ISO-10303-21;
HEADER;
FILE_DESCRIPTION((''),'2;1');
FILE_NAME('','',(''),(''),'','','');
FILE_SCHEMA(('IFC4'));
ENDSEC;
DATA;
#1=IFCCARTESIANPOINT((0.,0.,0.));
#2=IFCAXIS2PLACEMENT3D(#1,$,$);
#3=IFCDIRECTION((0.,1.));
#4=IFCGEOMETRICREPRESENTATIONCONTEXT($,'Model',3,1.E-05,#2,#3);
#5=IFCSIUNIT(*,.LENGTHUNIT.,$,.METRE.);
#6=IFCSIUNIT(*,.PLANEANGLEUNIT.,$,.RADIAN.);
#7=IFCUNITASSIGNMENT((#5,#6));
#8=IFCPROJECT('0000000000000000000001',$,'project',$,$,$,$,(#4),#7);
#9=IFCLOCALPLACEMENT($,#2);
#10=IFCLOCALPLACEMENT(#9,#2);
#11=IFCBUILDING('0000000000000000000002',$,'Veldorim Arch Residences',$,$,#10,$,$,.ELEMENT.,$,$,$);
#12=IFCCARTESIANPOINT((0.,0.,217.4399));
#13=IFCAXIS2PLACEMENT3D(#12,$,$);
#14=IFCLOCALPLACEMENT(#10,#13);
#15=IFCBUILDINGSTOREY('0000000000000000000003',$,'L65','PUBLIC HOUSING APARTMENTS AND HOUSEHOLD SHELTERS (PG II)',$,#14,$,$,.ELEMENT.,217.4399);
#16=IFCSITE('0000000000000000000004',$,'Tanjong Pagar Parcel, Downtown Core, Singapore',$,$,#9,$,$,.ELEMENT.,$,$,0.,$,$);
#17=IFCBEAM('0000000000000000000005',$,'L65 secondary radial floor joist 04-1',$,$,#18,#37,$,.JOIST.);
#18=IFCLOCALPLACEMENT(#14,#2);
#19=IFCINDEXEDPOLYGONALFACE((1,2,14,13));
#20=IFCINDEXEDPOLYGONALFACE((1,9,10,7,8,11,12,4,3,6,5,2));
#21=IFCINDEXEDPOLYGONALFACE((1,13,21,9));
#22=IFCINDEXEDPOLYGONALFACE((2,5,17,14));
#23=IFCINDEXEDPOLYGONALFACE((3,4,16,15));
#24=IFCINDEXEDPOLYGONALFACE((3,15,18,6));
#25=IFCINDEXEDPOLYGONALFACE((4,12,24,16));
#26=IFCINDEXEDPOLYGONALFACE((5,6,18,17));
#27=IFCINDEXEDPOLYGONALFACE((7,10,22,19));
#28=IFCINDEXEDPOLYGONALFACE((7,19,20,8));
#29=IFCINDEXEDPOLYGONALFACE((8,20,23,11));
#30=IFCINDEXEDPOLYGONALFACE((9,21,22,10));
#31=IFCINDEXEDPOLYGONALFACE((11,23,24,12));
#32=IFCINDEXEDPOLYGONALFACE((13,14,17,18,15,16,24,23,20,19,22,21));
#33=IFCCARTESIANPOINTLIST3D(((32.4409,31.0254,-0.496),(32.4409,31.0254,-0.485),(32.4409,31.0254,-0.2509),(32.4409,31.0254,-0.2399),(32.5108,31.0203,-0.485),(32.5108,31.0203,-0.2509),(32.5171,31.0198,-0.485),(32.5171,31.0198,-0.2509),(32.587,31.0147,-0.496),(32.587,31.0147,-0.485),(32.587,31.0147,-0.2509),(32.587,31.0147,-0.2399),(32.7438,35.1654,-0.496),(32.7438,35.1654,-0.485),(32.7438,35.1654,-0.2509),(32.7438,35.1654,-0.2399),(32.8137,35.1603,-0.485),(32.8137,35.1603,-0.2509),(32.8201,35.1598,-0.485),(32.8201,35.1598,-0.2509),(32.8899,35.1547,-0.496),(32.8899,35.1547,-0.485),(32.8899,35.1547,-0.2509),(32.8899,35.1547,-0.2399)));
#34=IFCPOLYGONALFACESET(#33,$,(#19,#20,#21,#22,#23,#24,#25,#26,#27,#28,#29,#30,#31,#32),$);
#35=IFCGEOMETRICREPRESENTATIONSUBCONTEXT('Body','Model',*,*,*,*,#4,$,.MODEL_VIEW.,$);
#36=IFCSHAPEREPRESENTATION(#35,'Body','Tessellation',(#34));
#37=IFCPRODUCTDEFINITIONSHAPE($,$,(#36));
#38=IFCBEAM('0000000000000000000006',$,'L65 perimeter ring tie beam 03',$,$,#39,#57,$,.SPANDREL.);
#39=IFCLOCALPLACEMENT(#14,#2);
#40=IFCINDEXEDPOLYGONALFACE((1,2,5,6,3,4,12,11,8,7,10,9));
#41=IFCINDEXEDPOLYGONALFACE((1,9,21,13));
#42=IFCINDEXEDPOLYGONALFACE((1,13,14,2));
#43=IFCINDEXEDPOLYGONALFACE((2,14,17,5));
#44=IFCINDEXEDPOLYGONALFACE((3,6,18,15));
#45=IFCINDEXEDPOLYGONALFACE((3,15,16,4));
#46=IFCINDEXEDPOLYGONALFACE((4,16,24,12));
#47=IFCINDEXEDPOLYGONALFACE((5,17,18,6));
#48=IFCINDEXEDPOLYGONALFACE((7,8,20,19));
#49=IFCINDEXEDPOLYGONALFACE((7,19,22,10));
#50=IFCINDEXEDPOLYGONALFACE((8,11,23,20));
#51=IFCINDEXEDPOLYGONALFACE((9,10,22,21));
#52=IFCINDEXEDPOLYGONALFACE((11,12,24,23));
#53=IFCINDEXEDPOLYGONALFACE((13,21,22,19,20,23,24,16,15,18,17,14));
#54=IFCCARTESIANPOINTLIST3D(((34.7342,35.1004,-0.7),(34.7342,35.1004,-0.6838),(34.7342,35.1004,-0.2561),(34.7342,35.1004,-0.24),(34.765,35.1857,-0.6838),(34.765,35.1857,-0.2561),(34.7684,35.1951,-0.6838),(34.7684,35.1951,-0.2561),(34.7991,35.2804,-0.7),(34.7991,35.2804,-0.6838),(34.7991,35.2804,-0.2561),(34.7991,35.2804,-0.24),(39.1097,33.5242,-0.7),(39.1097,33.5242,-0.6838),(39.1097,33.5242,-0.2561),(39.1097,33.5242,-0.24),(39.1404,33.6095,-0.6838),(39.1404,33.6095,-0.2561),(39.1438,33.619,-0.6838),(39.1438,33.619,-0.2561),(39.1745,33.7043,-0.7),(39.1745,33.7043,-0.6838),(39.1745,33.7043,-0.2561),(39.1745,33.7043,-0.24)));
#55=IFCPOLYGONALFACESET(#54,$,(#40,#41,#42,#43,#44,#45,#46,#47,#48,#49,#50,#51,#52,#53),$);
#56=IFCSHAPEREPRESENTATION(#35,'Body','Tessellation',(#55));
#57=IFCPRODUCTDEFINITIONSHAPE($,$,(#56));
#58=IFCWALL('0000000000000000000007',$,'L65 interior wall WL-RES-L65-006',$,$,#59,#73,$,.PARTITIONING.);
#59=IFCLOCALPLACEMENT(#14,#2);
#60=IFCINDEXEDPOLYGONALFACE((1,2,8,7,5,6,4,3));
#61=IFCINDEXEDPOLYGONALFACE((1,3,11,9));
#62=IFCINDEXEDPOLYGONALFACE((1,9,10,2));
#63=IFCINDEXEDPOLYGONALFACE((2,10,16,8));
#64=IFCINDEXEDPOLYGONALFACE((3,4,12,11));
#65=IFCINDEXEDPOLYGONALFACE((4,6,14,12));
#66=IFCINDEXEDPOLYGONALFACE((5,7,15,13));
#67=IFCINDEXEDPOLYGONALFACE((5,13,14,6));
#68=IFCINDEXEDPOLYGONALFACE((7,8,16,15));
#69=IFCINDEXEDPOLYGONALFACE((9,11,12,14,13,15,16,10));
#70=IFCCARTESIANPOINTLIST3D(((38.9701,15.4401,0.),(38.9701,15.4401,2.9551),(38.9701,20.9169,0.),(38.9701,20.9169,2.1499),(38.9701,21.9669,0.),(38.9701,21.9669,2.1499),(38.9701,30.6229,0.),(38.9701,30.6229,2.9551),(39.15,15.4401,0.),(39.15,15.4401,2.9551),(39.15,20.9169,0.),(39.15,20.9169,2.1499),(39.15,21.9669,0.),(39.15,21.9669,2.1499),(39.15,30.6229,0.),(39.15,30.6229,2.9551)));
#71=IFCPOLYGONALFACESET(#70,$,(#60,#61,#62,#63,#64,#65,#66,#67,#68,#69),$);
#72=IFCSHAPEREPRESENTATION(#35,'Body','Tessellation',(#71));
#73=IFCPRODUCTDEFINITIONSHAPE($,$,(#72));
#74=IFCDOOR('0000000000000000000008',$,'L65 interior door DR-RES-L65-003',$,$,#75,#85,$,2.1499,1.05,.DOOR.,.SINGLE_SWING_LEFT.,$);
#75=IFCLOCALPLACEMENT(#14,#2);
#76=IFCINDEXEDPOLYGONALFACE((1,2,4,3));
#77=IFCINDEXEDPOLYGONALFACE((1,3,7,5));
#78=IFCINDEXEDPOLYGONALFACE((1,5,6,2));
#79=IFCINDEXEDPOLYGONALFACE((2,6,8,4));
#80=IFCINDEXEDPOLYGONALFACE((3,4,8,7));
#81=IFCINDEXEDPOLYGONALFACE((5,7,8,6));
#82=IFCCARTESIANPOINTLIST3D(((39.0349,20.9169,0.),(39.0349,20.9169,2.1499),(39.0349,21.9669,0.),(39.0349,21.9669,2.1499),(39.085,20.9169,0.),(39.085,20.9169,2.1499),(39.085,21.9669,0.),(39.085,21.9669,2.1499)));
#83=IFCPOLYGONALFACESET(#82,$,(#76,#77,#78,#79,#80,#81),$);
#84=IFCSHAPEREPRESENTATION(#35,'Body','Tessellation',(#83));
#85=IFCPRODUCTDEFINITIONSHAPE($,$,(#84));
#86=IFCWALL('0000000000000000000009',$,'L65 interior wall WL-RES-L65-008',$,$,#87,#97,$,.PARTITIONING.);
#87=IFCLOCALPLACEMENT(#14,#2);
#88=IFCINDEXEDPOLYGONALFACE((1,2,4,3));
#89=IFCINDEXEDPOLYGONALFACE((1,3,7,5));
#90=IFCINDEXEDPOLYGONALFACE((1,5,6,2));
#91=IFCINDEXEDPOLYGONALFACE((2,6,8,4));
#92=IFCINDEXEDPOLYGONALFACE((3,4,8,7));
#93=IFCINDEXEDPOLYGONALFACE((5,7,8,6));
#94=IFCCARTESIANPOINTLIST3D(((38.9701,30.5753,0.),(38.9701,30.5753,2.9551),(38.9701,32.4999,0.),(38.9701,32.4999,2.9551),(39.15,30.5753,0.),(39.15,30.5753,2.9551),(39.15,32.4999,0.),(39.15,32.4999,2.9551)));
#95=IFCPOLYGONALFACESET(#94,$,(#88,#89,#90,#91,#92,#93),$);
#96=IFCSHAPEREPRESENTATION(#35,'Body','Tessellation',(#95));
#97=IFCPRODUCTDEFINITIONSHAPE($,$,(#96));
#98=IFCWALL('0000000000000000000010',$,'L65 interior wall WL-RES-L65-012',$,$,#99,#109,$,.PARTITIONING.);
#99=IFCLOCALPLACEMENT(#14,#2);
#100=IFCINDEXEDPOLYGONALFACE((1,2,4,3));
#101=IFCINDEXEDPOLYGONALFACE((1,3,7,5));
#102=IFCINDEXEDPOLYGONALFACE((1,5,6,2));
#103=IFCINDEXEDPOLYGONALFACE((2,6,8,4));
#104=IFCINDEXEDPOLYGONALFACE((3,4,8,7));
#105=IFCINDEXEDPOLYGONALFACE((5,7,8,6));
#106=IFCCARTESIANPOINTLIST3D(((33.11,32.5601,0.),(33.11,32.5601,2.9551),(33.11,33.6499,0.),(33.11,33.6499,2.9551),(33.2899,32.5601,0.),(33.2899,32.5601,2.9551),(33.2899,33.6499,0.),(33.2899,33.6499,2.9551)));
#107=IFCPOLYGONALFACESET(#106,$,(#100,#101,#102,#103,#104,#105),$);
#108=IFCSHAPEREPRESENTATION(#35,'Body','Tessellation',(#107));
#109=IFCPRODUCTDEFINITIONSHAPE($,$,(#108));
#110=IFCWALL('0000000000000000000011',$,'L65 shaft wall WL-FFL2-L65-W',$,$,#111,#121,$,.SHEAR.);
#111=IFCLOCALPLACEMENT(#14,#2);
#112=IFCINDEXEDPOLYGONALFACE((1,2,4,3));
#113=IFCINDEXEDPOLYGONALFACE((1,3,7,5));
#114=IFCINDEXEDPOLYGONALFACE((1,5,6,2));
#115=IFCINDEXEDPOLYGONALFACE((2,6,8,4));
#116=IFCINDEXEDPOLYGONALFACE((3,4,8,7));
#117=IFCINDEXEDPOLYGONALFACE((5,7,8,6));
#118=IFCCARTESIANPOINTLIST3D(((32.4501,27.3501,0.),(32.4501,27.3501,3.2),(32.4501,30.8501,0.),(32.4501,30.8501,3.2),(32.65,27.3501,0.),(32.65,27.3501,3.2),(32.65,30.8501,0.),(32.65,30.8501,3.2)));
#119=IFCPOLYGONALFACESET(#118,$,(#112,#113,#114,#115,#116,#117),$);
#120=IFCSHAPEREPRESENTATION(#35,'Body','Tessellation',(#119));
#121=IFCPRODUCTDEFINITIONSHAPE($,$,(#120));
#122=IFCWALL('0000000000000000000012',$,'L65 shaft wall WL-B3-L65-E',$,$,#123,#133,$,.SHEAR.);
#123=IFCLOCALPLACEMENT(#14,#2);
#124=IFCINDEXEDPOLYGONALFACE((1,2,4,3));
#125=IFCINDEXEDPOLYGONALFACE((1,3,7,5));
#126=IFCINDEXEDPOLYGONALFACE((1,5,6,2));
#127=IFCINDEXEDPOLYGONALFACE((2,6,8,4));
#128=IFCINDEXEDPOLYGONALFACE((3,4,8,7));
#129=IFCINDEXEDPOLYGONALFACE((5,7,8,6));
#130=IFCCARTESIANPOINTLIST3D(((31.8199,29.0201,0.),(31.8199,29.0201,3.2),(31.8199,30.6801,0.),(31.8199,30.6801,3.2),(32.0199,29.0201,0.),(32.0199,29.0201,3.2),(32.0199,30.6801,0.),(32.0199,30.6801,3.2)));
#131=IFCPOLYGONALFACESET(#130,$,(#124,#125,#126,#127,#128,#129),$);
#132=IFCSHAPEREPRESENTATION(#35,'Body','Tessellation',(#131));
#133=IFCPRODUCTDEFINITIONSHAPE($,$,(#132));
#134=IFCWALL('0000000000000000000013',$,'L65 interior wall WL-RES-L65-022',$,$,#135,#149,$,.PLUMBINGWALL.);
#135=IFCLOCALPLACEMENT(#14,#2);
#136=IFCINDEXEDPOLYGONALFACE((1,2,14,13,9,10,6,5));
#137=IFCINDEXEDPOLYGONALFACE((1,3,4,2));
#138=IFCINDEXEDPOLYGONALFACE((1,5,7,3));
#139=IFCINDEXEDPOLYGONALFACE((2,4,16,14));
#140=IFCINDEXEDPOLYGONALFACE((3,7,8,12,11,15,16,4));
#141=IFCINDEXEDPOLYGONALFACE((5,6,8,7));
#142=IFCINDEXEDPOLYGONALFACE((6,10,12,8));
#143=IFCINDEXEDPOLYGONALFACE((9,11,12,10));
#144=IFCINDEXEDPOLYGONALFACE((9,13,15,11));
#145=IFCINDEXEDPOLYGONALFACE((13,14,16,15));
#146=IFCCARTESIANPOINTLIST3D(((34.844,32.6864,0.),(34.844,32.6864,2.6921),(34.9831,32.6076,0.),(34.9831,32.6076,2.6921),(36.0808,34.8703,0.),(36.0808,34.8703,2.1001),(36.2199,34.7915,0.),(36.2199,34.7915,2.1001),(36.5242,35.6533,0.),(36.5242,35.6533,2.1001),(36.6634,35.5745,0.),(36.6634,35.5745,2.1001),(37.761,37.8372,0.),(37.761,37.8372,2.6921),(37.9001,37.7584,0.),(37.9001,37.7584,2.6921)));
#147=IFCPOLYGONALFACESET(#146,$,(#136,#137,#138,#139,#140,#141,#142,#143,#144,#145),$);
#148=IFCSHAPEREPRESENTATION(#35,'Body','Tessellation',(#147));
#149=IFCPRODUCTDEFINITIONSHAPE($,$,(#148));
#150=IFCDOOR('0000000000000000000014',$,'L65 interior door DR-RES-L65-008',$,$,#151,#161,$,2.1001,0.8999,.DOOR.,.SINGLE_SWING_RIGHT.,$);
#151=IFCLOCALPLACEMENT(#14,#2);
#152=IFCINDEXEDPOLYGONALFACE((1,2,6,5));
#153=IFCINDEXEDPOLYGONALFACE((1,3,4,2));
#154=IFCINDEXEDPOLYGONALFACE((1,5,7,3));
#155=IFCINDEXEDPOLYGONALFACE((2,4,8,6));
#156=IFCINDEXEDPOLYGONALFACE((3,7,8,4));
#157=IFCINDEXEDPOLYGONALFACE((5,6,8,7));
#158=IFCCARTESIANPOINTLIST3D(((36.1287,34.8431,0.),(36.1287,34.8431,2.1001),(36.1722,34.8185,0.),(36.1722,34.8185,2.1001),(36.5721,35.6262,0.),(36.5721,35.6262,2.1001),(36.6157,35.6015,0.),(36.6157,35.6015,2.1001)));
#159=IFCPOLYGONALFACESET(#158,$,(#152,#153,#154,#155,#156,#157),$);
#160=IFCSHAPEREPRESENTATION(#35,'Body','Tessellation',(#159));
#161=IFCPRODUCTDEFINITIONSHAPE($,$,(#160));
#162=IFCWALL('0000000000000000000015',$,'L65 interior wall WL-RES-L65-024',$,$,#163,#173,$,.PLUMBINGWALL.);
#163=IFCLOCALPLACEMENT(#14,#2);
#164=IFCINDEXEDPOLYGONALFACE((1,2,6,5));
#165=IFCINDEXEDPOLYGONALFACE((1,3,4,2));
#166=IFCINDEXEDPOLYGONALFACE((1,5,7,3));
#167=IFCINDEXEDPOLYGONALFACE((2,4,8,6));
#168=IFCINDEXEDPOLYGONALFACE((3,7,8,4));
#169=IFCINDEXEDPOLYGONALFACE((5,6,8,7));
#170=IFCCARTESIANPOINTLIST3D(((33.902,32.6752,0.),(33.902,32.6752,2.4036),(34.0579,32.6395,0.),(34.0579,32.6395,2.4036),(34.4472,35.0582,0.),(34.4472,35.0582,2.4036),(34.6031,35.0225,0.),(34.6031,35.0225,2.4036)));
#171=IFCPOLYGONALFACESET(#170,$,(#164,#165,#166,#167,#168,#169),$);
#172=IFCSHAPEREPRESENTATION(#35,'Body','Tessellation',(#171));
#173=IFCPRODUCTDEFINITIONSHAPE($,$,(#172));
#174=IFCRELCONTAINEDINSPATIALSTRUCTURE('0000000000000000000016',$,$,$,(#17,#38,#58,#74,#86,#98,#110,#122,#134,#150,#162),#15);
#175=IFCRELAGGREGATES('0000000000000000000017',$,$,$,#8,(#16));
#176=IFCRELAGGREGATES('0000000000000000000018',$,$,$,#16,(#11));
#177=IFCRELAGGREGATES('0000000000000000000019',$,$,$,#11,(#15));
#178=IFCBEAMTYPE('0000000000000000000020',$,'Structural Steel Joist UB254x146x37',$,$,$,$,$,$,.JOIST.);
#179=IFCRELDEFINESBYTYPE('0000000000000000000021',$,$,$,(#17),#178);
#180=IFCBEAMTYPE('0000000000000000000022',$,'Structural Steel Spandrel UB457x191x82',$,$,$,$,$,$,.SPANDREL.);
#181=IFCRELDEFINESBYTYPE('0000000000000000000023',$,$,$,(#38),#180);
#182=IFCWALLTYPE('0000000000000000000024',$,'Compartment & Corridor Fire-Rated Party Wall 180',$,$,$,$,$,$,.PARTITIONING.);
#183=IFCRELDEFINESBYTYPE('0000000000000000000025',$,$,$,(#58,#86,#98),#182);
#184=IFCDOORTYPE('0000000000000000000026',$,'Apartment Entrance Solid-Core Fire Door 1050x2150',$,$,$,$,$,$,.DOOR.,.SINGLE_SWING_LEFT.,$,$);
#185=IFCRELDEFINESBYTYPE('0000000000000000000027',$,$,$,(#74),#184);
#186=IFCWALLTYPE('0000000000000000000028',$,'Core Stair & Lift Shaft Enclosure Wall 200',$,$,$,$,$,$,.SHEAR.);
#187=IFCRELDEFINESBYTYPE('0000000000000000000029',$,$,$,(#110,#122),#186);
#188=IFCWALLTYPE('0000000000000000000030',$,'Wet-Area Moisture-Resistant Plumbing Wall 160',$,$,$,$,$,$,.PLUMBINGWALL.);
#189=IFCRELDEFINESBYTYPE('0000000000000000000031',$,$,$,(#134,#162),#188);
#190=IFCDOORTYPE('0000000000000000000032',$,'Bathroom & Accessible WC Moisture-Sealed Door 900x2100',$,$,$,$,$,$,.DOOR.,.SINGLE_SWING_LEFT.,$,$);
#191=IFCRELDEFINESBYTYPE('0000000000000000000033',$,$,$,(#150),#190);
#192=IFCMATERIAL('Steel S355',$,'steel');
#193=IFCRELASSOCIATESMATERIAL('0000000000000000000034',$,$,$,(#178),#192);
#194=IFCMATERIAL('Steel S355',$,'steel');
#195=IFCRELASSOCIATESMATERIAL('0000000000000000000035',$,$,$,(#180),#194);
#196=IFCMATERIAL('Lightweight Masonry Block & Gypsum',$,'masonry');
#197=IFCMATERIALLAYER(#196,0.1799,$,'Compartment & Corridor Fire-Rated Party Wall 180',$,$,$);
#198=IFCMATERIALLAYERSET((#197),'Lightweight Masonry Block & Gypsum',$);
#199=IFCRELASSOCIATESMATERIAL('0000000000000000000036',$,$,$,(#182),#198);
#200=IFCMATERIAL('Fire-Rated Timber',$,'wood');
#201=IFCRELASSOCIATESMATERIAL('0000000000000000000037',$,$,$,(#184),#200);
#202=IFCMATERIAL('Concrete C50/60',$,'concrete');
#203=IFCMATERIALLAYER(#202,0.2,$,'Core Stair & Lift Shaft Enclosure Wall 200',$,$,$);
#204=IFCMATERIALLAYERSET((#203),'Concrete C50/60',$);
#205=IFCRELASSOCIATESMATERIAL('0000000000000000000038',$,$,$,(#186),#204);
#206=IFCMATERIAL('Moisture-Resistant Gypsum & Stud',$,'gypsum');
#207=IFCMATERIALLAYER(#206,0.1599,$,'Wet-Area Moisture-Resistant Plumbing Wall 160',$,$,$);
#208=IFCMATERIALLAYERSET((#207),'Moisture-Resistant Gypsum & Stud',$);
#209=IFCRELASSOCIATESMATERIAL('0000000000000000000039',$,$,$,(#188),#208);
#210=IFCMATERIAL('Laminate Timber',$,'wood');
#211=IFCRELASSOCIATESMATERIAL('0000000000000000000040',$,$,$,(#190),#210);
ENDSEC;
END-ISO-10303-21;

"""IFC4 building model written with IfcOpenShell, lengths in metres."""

from ifc_helpers import new_model, si_unit, direction, frame, frame_2d, origin, origin_2d, place, context, subcontext, project, spatial, rectangle, i_section, extrude, material, layer, layer_set, material_profile, profile_set, type_object, element, fill, save


model = new_model("IFC4")

# Units and contexts
model_context = context("Model", 3, precision=1e-05, world=origin(), true_north=direction((0.0, 1.0)))
body_context = subcontext(model_context, "Body", "Model", "MODEL_VIEW")
ifc_project = project(units=[si_unit("LENGTHUNIT", "METRE"), si_unit("PLANEANGLEUNIT", "RADIAN")], contexts=[model_context])

# Site, building, storey
site_placement = place(None, origin())
site = spatial("IfcSite", under=ifc_project, at=site_placement, Name="Tanjong Pagar Parcel, Downtown Core, Singapore", CompositionType="ELEMENT", RefElevation=0.0)
building_placement = place(site_placement, origin())
building = spatial("IfcBuilding", under=site, at=building_placement, Name="Veldorim Arch Residences", CompositionType="ELEMENT")
storey_placement = place(building_placement, frame((0.0, 0.0, 217.4399)))
storey = spatial("IfcBuildingStorey", under=building, at=storey_placement, Name="L65", Description="PUBLIC HOUSING APARTMENTS AND HOUSEHOLD SHELTERS (PG II)", CompositionType="ELEMENT", Elevation=217.4399)

# Beams
ifc_material_1 = material(Name="Steel S355", Category="steel")
ifc_material_profile_1 = material_profile(ifc_material_1, i_section(OverallWidth=0.1465, OverallDepth=0.2561, WebThickness=0.0063, FlangeThickness=0.011, at=origin_2d()), Name="UB254x146x37")
ifc_profile_set_1 = profile_set([ifc_material_profile_1], Name="Steel S355")
beam_type_1 = type_object("IfcBeamType", Name="Structural Steel Joist UB254x146x37", PredefinedType="JOIST", material=ifc_profile_set_1)
beam_1_placement = place(storey_placement, frame((32.5139, 31.02, -0.3679), z_axis=(0.072986, 0.997333, 0.0), x_axis=(-0.997333, 0.072986, 0.0)))
element("IfcBeam", 1, at=beam_1_placement, inside=storey, type_object=beam_type_1, Name="L65 secondary radial floor joist 04-1", PredefinedType="JOIST", context=body_context, shape_type="SweptSolid", body=[
    extrude(i_section(OverallWidth=0.1465, OverallDepth=0.2561, WebThickness=0.0063, FlangeThickness=0.011, at=origin_2d()), origin(), (0.0, 0.0, 1.0), 4.1511),
])
ifc_material_2 = material(Name="Steel S355", Category="steel")
ifc_material_profile_2 = material_profile(ifc_material_2, i_section(OverallWidth=0.1914, OverallDepth=0.46, WebThickness=0.01, FlangeThickness=0.0161, at=origin_2d()), Name="UB457x191x82")
ifc_profile_set_2 = profile_set([ifc_material_profile_2], Name="Steel S355")
beam_type_2 = type_object("IfcBeamType", Name="Structural Steel Spandrel UB457x191x82", PredefinedType="SPANDREL", material=ifc_profile_set_2)
beam_2_placement = place(storey_placement, frame((39.1421, 33.6143, -0.47), z_axis=(-0.940819, 0.338909, 0.0), x_axis=(-0.338909, -0.940819, 0.0)))
element("IfcBeam", 2, at=beam_2_placement, inside=storey, type_object=beam_type_2, Name="L65 perimeter ring tie beam 03", PredefinedType="SPANDREL", context=body_context, shape_type="SweptSolid", body=[
    extrude(i_section(OverallWidth=0.1914, OverallDepth=0.46, WebThickness=0.01, FlangeThickness=0.0161, at=origin_2d()), origin(), (0.0, 0.0, 1.0), 4.6506),
])

# Wall, opening, door
ifc_material_3 = material(Name="Lightweight Masonry Block & Gypsum", Category="masonry")
ifc_layer_1 = layer(ifc_material_3, 0.1799, Name="Compartment & Corridor Fire-Rated Party Wall 180")
ifc_layer_set_1 = layer_set([ifc_layer_1], Name="Lightweight Masonry Block & Gypsum")
wall_type_1 = type_object("IfcWallType", Name="Compartment & Corridor Fire-Rated Party Wall 180", PredefinedType="PARTITIONING", material=ifc_layer_set_1)
wall_1_placement = place(storey_placement, frame((39.0601, 30.6228, 0.0), z_axis=(0.0, 0.0, 1.0), x_axis=(0.0, -1.0, 0.0)))
wall_1 = element("IfcWall", 3, at=wall_1_placement, inside=storey, type_object=wall_type_1, Name="L65 interior wall WL-RES-L65-006", PredefinedType="PARTITIONING", context=body_context, shape_type="SweptSolid", body=[
    extrude(rectangle(XDim=15.1829, YDim=0.1799, at=frame_2d((7.5913, 0.0))), origin(), (0.0, 0.0, 1.0), 2.9551),
])
opening_1_placement = place(wall_1_placement, frame((8.656, 0.0, 0.0)))
opening_1 = element("IfcOpeningElement", 4, at=opening_1_placement, cuts=wall_1, PredefinedType="OPENING", context=body_context, shape_type="SweptSolid", body=[
    extrude(rectangle(XDim=1.05, YDim=2.1499, at=frame_2d((0.5249, 1.075))), frame((0.0, 0.0999, 0.0), z_axis=(0.0, -1.0, 0.0), x_axis=(1.0, 0.0, 0.0)), (0.0, 0.0, 1.0), 0.2),
])
ifc_material_4 = material(Name="Fire-Rated Timber", Category="wood")
door_type_1 = type_object("IfcDoorType", Name="Apartment Entrance Solid-Core Fire Door 1050x2150", OperationType="SINGLE_SWING_LEFT", PredefinedType="DOOR", material=ifc_material_4)
door_1_placement = place(opening_1_placement, origin())
door_1 = element("IfcDoor", 5, at=door_1_placement, inside=storey, type_object=door_type_1, Name="L65 interior door DR-RES-L65-003", OperationType="SINGLE_SWING_LEFT", OverallHeight=2.1499, OverallWidth=1.05, PredefinedType="DOOR", context=body_context, shape_type="SweptSolid", body=[
    extrude(rectangle(XDim=1.05, YDim=2.1499, at=frame_2d((0.5249, 1.075))), frame((0.0, 0.0249, 0.0), z_axis=(0.0, -1.0, 0.0), x_axis=(1.0, 0.0, 0.0)), (0.0, 0.0, 1.0), 0.05),
])
fill(opening_1, door_1)

# Walls
wall_2_placement = place(storey_placement, frame((39.0601, 32.5, 0.0), z_axis=(0.0, 0.0, 1.0), x_axis=(0.0, -1.0, 0.0)))
element("IfcWall", 6, at=wall_2_placement, inside=storey, type_object=wall_type_1, Name="L65 interior wall WL-RES-L65-008", PredefinedType="PARTITIONING", context=body_context, shape_type="SweptSolid", body=[
    extrude(rectangle(XDim=1.9246, YDim=0.1799, at=frame_2d((0.9624, 0.0))), origin(), (0.0, 0.0, 1.0), 2.9551),
])
wall_3_placement = place(storey_placement, frame((33.2, 33.6499, 0.0), z_axis=(0.0, 0.0, 1.0), x_axis=(0.0, -1.0, 0.0)))
element("IfcWall", 7, at=wall_3_placement, inside=storey, type_object=wall_type_1, Name="L65 interior wall WL-RES-L65-012", PredefinedType="PARTITIONING", context=body_context, shape_type="SweptSolid", body=[
    extrude(rectangle(XDim=1.0898, YDim=0.1799, at=frame_2d((0.5449, 0.0))), origin(), (0.0, 0.0, 1.0), 2.9551),
])

# Shared definitions
ifc_material_5 = material(Name="Concrete C50/60", Category="concrete")
ifc_layer_2 = layer(ifc_material_5, 0.2, Name="Core Stair & Lift Shaft Enclosure Wall 200")
ifc_layer_set_2 = layer_set([ifc_layer_2], Name="Concrete C50/60")
wall_type_2 = type_object("IfcWallType", Name="Core Stair & Lift Shaft Enclosure Wall 200", PredefinedType="SHEAR", material=ifc_layer_set_2)

# Walls
wall_4_placement = place(storey_placement, frame((32.55, 27.3501, 0.0), z_axis=(0.0, 0.0, 1.0), x_axis=(0.0, 1.0, 0.0)))
element("IfcWall", 8, at=wall_4_placement, inside=storey, type_object=wall_type_2, Name="L65 shaft wall WL-FFL2-L65-W", PredefinedType="SHEAR", context=body_context, shape_type="SweptSolid", body=[
    extrude(rectangle(XDim=3.5, YDim=0.2, at=frame_2d((1.75, 0.0))), origin(), (0.0, 0.0, 1.0), 3.2),
])
wall_5_placement = place(storey_placement, frame((31.9199, 29.02, 0.0), z_axis=(0.0, 0.0, 1.0), x_axis=(0.0, 1.0, 0.0)))
element("IfcWall", 9, at=wall_5_placement, inside=storey, type_object=wall_type_2, Name="L65 shaft wall WL-B3-L65-E", PredefinedType="SHEAR", context=body_context, shape_type="SweptSolid", body=[
    extrude(rectangle(XDim=1.6599, YDim=0.2, at=frame_2d((0.8301, 0.0))), origin(), (0.0, 0.0, 1.0), 3.2),
])

# Wall, opening, door
ifc_material_6 = material(Name="Moisture-Resistant Gypsum & Stud", Category="gypsum")
ifc_layer_3 = layer(ifc_material_6, 0.1599, Name="Wet-Area Moisture-Resistant Plumbing Wall 160")
ifc_layer_set_3 = layer_set([ifc_layer_3], Name="Moisture-Resistant Gypsum & Stud")
wall_type_3 = type_object("IfcWallType", Name="Wet-Area Moisture-Resistant Plumbing Wall 160", PredefinedType="PLUMBINGWALL", material=ifc_layer_set_3)
wall_6_placement = place(storey_placement, frame((34.9136, 32.647, 0.0), z_axis=(0.0, 0.0, 1.0), x_axis=(0.492777, 0.870155, 0.0)))
wall_6 = element("IfcWall", 10, at=wall_6_placement, inside=storey, type_object=wall_type_3, Name="L65 interior wall WL-RES-L65-022", PredefinedType="PLUMBINGWALL", context=body_context, shape_type="SweptSolid", body=[
    extrude(rectangle(XDim=5.9194, YDim=0.1599, at=frame_2d((2.9597, 0.0))), origin(), (0.0, 0.0, 1.0), 2.6921),
])
opening_2_placement = place(wall_6_placement, frame((2.5098, 0.0, 0.0)))
opening_2 = element("IfcOpeningElement", 11, at=opening_2_placement, cuts=wall_6, PredefinedType="OPENING", context=body_context, shape_type="SweptSolid", body=[
    extrude(rectangle(XDim=0.8999, YDim=2.1001, at=frame_2d((0.45, 1.05))), frame((0.0, 0.0898, 0.0), z_axis=(0.0, -1.0, 0.0), x_axis=(1.0, 0.0, 0.0)), (0.0, 0.0, 1.0), 0.1799),
])
ifc_material_7 = material(Name="Laminate Timber", Category="wood")
door_type_2 = type_object("IfcDoorType", Name="Bathroom & Accessible WC Moisture-Sealed Door 900x2100", OperationType="SINGLE_SWING_LEFT", PredefinedType="DOOR", material=ifc_material_7)
door_2_placement = place(opening_2_placement, origin())
door_2 = element("IfcDoor", 12, at=door_2_placement, inside=storey, type_object=door_type_2, Name="L65 interior door DR-RES-L65-008", OperationType="SINGLE_SWING_RIGHT", OverallHeight=2.1001, OverallWidth=0.8999, PredefinedType="DOOR", context=body_context, shape_type="SweptSolid", body=[
    extrude(rectangle(XDim=0.8999, YDim=2.1001, at=frame_2d((0.45, 1.05))), frame((0.0, 0.0249, 0.0), z_axis=(0.0, -1.0, 0.0), x_axis=(1.0, 0.0, 0.0)), (0.0, 0.0, 1.0), 0.05),
])
fill(opening_2, door_2)

# Wall
wall_7_placement = place(storey_placement, frame((33.98, 32.6575, 0.0), z_axis=(0.0, 0.0, 1.0), x_axis=(0.223006, 0.974817, 0.0)))
element("IfcWall", 13, at=wall_7_placement, inside=storey, type_object=wall_type_3, Name="L65 interior wall WL-RES-L65-024", PredefinedType="PLUMBINGWALL", context=body_context, shape_type="SweptSolid", body=[
    extrude(rectangle(XDim=2.4446, YDim=0.1599, at=frame_2d((1.2222, 0.0))), origin(), (0.0, 0.0, 1.0), 2.4036),
])

save(model, "model.ifc")
